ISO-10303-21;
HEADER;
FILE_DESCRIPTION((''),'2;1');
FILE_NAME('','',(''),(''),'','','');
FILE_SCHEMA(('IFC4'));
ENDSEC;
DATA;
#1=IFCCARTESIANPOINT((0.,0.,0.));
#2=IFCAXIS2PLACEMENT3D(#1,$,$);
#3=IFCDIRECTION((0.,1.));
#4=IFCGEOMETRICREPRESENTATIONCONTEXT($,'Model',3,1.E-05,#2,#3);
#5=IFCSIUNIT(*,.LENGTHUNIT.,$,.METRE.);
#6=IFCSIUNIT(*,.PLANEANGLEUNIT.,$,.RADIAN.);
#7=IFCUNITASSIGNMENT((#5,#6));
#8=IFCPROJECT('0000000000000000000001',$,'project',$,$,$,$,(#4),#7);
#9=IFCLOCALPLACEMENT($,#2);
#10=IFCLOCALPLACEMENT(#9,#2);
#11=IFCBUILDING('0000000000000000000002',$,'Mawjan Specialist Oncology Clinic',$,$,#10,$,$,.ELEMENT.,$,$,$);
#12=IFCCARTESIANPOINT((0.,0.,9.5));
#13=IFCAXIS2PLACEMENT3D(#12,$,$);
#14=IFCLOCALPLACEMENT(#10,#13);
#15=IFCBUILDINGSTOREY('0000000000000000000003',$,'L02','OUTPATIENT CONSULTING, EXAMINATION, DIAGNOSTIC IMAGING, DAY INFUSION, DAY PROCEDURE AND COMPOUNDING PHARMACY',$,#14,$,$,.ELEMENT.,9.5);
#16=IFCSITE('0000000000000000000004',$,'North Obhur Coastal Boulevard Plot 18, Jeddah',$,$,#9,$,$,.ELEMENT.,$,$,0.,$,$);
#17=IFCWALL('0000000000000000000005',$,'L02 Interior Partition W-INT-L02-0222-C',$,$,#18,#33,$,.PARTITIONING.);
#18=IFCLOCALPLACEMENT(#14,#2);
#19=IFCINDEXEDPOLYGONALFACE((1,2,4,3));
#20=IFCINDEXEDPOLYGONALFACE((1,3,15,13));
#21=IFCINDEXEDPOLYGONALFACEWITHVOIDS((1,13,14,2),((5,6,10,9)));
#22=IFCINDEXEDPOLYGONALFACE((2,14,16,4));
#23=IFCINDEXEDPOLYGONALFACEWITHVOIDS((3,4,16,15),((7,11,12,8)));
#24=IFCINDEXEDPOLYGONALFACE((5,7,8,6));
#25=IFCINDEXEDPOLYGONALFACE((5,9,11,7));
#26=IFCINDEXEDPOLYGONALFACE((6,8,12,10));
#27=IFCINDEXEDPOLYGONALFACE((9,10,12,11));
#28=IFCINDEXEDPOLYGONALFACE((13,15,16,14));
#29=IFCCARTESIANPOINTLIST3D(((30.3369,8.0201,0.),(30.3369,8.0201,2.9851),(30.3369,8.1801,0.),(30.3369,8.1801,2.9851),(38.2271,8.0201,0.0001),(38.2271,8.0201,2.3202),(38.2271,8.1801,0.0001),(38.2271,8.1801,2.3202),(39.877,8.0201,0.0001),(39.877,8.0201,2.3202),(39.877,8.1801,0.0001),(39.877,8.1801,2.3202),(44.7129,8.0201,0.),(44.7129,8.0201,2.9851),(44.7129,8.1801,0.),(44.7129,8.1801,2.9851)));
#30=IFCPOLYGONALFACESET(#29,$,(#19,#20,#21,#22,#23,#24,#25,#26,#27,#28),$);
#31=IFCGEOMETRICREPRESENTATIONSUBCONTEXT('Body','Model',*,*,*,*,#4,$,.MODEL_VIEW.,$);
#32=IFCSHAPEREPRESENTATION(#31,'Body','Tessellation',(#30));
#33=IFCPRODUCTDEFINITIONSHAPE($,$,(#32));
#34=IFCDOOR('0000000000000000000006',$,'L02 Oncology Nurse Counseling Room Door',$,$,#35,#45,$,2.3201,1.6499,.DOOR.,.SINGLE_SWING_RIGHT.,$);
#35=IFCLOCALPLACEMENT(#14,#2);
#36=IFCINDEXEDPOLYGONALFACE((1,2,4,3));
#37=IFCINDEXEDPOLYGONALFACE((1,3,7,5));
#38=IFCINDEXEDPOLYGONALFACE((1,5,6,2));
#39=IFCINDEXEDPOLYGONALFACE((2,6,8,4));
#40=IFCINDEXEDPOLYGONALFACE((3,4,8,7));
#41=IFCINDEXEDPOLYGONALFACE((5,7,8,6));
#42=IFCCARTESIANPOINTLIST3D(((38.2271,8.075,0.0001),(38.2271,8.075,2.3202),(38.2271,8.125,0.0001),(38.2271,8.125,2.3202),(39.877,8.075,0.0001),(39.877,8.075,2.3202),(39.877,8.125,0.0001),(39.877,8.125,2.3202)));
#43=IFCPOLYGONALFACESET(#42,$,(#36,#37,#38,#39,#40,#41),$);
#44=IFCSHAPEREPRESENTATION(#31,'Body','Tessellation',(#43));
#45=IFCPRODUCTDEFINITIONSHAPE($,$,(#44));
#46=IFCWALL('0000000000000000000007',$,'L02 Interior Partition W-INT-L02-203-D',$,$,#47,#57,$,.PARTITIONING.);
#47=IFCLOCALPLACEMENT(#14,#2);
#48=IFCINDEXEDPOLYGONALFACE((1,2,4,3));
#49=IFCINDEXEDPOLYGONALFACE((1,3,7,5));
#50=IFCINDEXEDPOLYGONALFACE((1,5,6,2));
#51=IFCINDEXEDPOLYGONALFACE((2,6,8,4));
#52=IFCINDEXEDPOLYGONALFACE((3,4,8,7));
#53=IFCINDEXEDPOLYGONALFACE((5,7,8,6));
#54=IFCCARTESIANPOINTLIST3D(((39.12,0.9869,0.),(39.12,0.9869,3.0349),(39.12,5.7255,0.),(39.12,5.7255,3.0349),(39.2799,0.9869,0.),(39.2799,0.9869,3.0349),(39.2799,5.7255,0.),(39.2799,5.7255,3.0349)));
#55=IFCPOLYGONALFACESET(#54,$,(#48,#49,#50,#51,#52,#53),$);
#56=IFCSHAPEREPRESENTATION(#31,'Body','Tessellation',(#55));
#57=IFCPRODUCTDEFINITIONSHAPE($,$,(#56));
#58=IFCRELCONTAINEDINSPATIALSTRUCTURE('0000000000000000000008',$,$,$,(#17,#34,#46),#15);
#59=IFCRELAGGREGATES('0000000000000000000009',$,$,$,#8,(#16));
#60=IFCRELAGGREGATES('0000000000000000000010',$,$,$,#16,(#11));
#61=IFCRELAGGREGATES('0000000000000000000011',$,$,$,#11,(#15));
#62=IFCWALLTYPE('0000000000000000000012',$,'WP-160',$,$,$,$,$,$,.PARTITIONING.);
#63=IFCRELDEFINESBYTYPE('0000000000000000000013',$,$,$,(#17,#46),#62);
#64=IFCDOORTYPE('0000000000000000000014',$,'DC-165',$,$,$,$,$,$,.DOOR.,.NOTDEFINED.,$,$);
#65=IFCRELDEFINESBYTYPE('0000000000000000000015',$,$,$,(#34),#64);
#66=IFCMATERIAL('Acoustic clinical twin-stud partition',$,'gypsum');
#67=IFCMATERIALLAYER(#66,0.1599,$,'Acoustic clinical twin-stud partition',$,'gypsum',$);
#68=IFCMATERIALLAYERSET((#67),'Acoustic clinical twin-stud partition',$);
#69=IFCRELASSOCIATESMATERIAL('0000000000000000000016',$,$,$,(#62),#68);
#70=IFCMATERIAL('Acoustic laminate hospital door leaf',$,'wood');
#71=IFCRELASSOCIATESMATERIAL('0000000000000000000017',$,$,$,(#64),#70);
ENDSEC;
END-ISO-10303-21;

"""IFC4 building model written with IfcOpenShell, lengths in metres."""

from ifc_helpers import new_model, si_unit, direction, frame, frame_2d, origin, place, context, subcontext, project, spatial, rectangle, extrude, material, layer, layer_set, type_object, element, fill, save


model = new_model("IFC4")

# Units and contexts
model_context = context("Model", 3, precision=1e-05, world=origin(), true_north=direction((0.0, 1.0)))
body_context = subcontext(model_context, "Body", "Model", "MODEL_VIEW")
ifc_project = project(units=[si_unit("LENGTHUNIT", "METRE"), si_unit("PLANEANGLEUNIT", "RADIAN")], contexts=[model_context])

# Site, building, storey
site_placement = place(None, origin())
site = spatial("IfcSite", under=ifc_project, at=site_placement, Name="North Obhur Coastal Boulevard Plot 18, Jeddah", CompositionType="ELEMENT", RefElevation=0.0)
building_placement = place(site_placement, origin())
building = spatial("IfcBuilding", under=site, at=building_placement, Name="Mawjan Specialist Oncology Clinic", CompositionType="ELEMENT")
storey_placement = place(building_placement, frame((0.0, 0.0, 9.5)))
storey = spatial("IfcBuildingStorey", under=building, at=storey_placement, Name="L02", Description="OUTPATIENT CONSULTING, EXAMINATION, DIAGNOSTIC IMAGING, DAY INFUSION, DAY PROCEDURE AND COMPOUNDING PHARMACY", CompositionType="ELEMENT", Elevation=9.5)

# Wall, opening, door
ifc_material_1 = material(Name="Acoustic clinical twin-stud partition", Category="gypsum")
ifc_layer_1 = layer(ifc_material_1, 0.1599, Name="Acoustic clinical twin-stud partition", Category="gypsum")
ifc_layer_set_1 = layer_set([ifc_layer_1], Name="Acoustic clinical twin-stud partition")
wall_type_1 = type_object("IfcWallType", Name="WP-160", PredefinedType="PARTITIONING", material=ifc_layer_set_1)
wall_1_placement = place(storey_placement, frame((30.3369, 8.1001, 0.0), z_axis=(0.0, 0.0, 1.0), x_axis=(1.0, 0.0, 0.0)))
wall_1 = element("IfcWall", 1, at=wall_1_placement, inside=storey, type_object=wall_type_1, Name="L02 Interior Partition W-INT-L02-0222-C", PredefinedType="PARTITIONING", context=body_context, shape_type="SweptSolid", body=[
    extrude(rectangle(XDim=14.376, YDim=0.1599, at=frame_2d((7.188, 0.0))), origin(), (0.0, 0.0, 1.0), 2.9851),
])
opening_1_placement = place(wall_1_placement, frame((7.8901, 0.0, 0.0)))
opening_1 = element("IfcOpeningElement", 2, at=opening_1_placement, cuts=wall_1, PredefinedType="OPENING", context=body_context, shape_type="SweptSolid", body=[
    extrude(rectangle(XDim=1.6499, YDim=2.3201, at=frame_2d((0.825, 1.1602))), frame((0.0, 0.092, 0.0), z_axis=(0.0, -1.0, 0.0), x_axis=(1.0, 0.0, 0.0)), (0.0, 0.0, 1.0), 0.1838),
])
ifc_material_2 = material(Name="Acoustic laminate hospital door leaf", Category="wood")
door_type_1 = type_object("IfcDoorType", Name="DC-165", OperationType="NOTDEFINED", PredefinedType="DOOR", material=ifc_material_2)
door_1_placement = place(opening_1_placement, origin())
door_1 = element("IfcDoor", 3, at=door_1_placement, inside=storey, type_object=door_type_1, Name="L02 Oncology Nurse Counseling Room Door", OperationType="SINGLE_SWING_RIGHT", OverallHeight=2.3201, OverallWidth=1.6499, PredefinedType="DOOR", context=body_context, shape_type="SweptSolid", body=[
    extrude(rectangle(XDim=1.6499, YDim=2.3201, at=frame_2d((0.825, 1.1602))), frame((0.0, 0.0249, 0.0), z_axis=(0.0, -1.0, 0.0), x_axis=(1.0, 0.0, 0.0)), (0.0, 0.0, 1.0), 0.05),
])
fill(opening_1, door_1)

# Wall
wall_2_placement = place(storey_placement, frame((39.2, 0.9871, 0.0), z_axis=(0.0, 0.0, 1.0), x_axis=(0.0, 1.0, 0.0)))
element("IfcWall", 4, at=wall_2_placement, inside=storey, type_object=wall_type_1, Name="L02 Interior Partition W-INT-L02-203-D", PredefinedType="PARTITIONING", context=body_context, shape_type="SweptSolid", body=[
    extrude(rectangle(XDim=4.7385, YDim=0.1599, at=frame_2d((2.3691, 0.0))), origin(), (0.0, 0.0, 1.0), 3.0349),
])

save(model, "model.ifc")
